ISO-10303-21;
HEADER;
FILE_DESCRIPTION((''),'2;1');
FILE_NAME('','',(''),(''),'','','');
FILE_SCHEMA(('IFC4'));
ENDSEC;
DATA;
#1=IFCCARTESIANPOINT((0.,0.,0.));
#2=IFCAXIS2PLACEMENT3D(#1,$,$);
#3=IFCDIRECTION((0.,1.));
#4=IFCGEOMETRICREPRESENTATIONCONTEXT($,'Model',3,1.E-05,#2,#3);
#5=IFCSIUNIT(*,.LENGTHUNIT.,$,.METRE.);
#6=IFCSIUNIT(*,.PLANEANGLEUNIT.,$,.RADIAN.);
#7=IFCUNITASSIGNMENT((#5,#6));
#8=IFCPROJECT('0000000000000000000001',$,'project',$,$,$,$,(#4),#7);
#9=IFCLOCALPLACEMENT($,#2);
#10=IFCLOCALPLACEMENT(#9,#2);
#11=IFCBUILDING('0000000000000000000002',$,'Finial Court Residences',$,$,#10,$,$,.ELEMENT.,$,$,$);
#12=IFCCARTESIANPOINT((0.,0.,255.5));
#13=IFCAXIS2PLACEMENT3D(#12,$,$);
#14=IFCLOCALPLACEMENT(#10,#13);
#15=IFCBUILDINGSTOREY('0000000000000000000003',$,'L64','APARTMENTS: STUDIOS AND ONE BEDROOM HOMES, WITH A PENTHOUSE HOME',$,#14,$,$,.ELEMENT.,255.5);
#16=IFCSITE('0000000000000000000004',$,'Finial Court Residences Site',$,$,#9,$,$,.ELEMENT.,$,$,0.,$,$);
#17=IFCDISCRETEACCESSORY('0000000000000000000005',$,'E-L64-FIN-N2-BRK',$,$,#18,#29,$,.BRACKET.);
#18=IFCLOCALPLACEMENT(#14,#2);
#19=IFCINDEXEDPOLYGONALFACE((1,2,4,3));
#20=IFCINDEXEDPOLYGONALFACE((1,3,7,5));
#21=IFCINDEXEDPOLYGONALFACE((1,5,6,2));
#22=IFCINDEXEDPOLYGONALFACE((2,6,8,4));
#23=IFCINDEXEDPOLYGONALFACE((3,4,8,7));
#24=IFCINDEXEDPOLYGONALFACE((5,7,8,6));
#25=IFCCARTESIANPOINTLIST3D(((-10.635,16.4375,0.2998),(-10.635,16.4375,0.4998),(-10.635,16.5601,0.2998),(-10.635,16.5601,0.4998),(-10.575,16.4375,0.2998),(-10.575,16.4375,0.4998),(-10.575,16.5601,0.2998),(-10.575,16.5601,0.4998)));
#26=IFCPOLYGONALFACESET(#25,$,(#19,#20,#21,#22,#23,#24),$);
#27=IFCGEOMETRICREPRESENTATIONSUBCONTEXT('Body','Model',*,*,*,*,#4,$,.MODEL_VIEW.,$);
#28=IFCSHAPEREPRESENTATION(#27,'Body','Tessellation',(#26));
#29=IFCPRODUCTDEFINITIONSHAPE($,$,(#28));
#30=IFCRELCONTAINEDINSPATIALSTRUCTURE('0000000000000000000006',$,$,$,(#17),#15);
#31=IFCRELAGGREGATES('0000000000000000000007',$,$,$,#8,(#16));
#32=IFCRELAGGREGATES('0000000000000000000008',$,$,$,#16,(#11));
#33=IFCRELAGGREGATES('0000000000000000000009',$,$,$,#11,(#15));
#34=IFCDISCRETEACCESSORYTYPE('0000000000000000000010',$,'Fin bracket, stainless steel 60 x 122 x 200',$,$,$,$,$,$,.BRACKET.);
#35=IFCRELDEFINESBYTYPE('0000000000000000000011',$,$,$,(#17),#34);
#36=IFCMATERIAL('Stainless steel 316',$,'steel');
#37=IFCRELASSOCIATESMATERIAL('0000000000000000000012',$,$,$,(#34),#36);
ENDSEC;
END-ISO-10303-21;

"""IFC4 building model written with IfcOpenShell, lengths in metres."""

from ifc_helpers import new_model, si_unit, direction, frame, origin, origin_2d, place, context, subcontext, project, spatial, rectangle, extrude, material, type_object, element, save


model = new_model("IFC4")

# Units and contexts
model_context = context("Model", 3, precision=1e-05, world=origin(), true_north=direction((0.0, 1.0)))
body_context = subcontext(model_context, "Body", "Model", "MODEL_VIEW")
ifc_project = project(units=[si_unit("LENGTHUNIT", "METRE"), si_unit("PLANEANGLEUNIT", "RADIAN")], contexts=[model_context])

# Site, building, storey
site_placement = place(None, origin())
site = spatial("IfcSite", under=ifc_project, at=site_placement, Name="Finial Court Residences Site", CompositionType="ELEMENT", RefElevation=0.0)
building_placement = place(site_placement, origin())
building = spatial("IfcBuilding", under=site, at=building_placement, Name="Finial Court Residences", CompositionType="ELEMENT")
storey_placement = place(building_placement, frame((0.0, 0.0, 255.5)))
storey = spatial("IfcBuildingStorey", under=building, at=storey_placement, Name="L64", Description="APARTMENTS: STUDIOS AND ONE BEDROOM HOMES, WITH A PENTHOUSE HOME", CompositionType="ELEMENT", Elevation=255.5)

# Discrete accessory
ifc_material_1 = material(Name="Stainless steel 316", Category="steel")
discrete_accessory_type = type_object("IfcDiscreteAccessoryType", Name="Fin bracket, stainless steel 60 x 122 x 200", PredefinedType="BRACKET", material=ifc_material_1)
discrete_accessory_placement = place(storey_placement, frame((-10.605, 16.4988, 0.2998), z_axis=(0.0, 0.0, 1.0), x_axis=(1.0, 0.0, 0.0)))
element("IfcDiscreteAccessory", 1, at=discrete_accessory_placement, inside=storey, type_object=discrete_accessory_type, Name="E-L64-FIN-N2-BRK", PredefinedType="BRACKET", context=body_context, shape_type="SweptSolid", body=[
    extrude(rectangle(XDim=0.0601, YDim=0.1226, at=origin_2d()), origin(), (0.0, 0.0, 1.0), 0.2),
])

save(model, "model.ifc")
